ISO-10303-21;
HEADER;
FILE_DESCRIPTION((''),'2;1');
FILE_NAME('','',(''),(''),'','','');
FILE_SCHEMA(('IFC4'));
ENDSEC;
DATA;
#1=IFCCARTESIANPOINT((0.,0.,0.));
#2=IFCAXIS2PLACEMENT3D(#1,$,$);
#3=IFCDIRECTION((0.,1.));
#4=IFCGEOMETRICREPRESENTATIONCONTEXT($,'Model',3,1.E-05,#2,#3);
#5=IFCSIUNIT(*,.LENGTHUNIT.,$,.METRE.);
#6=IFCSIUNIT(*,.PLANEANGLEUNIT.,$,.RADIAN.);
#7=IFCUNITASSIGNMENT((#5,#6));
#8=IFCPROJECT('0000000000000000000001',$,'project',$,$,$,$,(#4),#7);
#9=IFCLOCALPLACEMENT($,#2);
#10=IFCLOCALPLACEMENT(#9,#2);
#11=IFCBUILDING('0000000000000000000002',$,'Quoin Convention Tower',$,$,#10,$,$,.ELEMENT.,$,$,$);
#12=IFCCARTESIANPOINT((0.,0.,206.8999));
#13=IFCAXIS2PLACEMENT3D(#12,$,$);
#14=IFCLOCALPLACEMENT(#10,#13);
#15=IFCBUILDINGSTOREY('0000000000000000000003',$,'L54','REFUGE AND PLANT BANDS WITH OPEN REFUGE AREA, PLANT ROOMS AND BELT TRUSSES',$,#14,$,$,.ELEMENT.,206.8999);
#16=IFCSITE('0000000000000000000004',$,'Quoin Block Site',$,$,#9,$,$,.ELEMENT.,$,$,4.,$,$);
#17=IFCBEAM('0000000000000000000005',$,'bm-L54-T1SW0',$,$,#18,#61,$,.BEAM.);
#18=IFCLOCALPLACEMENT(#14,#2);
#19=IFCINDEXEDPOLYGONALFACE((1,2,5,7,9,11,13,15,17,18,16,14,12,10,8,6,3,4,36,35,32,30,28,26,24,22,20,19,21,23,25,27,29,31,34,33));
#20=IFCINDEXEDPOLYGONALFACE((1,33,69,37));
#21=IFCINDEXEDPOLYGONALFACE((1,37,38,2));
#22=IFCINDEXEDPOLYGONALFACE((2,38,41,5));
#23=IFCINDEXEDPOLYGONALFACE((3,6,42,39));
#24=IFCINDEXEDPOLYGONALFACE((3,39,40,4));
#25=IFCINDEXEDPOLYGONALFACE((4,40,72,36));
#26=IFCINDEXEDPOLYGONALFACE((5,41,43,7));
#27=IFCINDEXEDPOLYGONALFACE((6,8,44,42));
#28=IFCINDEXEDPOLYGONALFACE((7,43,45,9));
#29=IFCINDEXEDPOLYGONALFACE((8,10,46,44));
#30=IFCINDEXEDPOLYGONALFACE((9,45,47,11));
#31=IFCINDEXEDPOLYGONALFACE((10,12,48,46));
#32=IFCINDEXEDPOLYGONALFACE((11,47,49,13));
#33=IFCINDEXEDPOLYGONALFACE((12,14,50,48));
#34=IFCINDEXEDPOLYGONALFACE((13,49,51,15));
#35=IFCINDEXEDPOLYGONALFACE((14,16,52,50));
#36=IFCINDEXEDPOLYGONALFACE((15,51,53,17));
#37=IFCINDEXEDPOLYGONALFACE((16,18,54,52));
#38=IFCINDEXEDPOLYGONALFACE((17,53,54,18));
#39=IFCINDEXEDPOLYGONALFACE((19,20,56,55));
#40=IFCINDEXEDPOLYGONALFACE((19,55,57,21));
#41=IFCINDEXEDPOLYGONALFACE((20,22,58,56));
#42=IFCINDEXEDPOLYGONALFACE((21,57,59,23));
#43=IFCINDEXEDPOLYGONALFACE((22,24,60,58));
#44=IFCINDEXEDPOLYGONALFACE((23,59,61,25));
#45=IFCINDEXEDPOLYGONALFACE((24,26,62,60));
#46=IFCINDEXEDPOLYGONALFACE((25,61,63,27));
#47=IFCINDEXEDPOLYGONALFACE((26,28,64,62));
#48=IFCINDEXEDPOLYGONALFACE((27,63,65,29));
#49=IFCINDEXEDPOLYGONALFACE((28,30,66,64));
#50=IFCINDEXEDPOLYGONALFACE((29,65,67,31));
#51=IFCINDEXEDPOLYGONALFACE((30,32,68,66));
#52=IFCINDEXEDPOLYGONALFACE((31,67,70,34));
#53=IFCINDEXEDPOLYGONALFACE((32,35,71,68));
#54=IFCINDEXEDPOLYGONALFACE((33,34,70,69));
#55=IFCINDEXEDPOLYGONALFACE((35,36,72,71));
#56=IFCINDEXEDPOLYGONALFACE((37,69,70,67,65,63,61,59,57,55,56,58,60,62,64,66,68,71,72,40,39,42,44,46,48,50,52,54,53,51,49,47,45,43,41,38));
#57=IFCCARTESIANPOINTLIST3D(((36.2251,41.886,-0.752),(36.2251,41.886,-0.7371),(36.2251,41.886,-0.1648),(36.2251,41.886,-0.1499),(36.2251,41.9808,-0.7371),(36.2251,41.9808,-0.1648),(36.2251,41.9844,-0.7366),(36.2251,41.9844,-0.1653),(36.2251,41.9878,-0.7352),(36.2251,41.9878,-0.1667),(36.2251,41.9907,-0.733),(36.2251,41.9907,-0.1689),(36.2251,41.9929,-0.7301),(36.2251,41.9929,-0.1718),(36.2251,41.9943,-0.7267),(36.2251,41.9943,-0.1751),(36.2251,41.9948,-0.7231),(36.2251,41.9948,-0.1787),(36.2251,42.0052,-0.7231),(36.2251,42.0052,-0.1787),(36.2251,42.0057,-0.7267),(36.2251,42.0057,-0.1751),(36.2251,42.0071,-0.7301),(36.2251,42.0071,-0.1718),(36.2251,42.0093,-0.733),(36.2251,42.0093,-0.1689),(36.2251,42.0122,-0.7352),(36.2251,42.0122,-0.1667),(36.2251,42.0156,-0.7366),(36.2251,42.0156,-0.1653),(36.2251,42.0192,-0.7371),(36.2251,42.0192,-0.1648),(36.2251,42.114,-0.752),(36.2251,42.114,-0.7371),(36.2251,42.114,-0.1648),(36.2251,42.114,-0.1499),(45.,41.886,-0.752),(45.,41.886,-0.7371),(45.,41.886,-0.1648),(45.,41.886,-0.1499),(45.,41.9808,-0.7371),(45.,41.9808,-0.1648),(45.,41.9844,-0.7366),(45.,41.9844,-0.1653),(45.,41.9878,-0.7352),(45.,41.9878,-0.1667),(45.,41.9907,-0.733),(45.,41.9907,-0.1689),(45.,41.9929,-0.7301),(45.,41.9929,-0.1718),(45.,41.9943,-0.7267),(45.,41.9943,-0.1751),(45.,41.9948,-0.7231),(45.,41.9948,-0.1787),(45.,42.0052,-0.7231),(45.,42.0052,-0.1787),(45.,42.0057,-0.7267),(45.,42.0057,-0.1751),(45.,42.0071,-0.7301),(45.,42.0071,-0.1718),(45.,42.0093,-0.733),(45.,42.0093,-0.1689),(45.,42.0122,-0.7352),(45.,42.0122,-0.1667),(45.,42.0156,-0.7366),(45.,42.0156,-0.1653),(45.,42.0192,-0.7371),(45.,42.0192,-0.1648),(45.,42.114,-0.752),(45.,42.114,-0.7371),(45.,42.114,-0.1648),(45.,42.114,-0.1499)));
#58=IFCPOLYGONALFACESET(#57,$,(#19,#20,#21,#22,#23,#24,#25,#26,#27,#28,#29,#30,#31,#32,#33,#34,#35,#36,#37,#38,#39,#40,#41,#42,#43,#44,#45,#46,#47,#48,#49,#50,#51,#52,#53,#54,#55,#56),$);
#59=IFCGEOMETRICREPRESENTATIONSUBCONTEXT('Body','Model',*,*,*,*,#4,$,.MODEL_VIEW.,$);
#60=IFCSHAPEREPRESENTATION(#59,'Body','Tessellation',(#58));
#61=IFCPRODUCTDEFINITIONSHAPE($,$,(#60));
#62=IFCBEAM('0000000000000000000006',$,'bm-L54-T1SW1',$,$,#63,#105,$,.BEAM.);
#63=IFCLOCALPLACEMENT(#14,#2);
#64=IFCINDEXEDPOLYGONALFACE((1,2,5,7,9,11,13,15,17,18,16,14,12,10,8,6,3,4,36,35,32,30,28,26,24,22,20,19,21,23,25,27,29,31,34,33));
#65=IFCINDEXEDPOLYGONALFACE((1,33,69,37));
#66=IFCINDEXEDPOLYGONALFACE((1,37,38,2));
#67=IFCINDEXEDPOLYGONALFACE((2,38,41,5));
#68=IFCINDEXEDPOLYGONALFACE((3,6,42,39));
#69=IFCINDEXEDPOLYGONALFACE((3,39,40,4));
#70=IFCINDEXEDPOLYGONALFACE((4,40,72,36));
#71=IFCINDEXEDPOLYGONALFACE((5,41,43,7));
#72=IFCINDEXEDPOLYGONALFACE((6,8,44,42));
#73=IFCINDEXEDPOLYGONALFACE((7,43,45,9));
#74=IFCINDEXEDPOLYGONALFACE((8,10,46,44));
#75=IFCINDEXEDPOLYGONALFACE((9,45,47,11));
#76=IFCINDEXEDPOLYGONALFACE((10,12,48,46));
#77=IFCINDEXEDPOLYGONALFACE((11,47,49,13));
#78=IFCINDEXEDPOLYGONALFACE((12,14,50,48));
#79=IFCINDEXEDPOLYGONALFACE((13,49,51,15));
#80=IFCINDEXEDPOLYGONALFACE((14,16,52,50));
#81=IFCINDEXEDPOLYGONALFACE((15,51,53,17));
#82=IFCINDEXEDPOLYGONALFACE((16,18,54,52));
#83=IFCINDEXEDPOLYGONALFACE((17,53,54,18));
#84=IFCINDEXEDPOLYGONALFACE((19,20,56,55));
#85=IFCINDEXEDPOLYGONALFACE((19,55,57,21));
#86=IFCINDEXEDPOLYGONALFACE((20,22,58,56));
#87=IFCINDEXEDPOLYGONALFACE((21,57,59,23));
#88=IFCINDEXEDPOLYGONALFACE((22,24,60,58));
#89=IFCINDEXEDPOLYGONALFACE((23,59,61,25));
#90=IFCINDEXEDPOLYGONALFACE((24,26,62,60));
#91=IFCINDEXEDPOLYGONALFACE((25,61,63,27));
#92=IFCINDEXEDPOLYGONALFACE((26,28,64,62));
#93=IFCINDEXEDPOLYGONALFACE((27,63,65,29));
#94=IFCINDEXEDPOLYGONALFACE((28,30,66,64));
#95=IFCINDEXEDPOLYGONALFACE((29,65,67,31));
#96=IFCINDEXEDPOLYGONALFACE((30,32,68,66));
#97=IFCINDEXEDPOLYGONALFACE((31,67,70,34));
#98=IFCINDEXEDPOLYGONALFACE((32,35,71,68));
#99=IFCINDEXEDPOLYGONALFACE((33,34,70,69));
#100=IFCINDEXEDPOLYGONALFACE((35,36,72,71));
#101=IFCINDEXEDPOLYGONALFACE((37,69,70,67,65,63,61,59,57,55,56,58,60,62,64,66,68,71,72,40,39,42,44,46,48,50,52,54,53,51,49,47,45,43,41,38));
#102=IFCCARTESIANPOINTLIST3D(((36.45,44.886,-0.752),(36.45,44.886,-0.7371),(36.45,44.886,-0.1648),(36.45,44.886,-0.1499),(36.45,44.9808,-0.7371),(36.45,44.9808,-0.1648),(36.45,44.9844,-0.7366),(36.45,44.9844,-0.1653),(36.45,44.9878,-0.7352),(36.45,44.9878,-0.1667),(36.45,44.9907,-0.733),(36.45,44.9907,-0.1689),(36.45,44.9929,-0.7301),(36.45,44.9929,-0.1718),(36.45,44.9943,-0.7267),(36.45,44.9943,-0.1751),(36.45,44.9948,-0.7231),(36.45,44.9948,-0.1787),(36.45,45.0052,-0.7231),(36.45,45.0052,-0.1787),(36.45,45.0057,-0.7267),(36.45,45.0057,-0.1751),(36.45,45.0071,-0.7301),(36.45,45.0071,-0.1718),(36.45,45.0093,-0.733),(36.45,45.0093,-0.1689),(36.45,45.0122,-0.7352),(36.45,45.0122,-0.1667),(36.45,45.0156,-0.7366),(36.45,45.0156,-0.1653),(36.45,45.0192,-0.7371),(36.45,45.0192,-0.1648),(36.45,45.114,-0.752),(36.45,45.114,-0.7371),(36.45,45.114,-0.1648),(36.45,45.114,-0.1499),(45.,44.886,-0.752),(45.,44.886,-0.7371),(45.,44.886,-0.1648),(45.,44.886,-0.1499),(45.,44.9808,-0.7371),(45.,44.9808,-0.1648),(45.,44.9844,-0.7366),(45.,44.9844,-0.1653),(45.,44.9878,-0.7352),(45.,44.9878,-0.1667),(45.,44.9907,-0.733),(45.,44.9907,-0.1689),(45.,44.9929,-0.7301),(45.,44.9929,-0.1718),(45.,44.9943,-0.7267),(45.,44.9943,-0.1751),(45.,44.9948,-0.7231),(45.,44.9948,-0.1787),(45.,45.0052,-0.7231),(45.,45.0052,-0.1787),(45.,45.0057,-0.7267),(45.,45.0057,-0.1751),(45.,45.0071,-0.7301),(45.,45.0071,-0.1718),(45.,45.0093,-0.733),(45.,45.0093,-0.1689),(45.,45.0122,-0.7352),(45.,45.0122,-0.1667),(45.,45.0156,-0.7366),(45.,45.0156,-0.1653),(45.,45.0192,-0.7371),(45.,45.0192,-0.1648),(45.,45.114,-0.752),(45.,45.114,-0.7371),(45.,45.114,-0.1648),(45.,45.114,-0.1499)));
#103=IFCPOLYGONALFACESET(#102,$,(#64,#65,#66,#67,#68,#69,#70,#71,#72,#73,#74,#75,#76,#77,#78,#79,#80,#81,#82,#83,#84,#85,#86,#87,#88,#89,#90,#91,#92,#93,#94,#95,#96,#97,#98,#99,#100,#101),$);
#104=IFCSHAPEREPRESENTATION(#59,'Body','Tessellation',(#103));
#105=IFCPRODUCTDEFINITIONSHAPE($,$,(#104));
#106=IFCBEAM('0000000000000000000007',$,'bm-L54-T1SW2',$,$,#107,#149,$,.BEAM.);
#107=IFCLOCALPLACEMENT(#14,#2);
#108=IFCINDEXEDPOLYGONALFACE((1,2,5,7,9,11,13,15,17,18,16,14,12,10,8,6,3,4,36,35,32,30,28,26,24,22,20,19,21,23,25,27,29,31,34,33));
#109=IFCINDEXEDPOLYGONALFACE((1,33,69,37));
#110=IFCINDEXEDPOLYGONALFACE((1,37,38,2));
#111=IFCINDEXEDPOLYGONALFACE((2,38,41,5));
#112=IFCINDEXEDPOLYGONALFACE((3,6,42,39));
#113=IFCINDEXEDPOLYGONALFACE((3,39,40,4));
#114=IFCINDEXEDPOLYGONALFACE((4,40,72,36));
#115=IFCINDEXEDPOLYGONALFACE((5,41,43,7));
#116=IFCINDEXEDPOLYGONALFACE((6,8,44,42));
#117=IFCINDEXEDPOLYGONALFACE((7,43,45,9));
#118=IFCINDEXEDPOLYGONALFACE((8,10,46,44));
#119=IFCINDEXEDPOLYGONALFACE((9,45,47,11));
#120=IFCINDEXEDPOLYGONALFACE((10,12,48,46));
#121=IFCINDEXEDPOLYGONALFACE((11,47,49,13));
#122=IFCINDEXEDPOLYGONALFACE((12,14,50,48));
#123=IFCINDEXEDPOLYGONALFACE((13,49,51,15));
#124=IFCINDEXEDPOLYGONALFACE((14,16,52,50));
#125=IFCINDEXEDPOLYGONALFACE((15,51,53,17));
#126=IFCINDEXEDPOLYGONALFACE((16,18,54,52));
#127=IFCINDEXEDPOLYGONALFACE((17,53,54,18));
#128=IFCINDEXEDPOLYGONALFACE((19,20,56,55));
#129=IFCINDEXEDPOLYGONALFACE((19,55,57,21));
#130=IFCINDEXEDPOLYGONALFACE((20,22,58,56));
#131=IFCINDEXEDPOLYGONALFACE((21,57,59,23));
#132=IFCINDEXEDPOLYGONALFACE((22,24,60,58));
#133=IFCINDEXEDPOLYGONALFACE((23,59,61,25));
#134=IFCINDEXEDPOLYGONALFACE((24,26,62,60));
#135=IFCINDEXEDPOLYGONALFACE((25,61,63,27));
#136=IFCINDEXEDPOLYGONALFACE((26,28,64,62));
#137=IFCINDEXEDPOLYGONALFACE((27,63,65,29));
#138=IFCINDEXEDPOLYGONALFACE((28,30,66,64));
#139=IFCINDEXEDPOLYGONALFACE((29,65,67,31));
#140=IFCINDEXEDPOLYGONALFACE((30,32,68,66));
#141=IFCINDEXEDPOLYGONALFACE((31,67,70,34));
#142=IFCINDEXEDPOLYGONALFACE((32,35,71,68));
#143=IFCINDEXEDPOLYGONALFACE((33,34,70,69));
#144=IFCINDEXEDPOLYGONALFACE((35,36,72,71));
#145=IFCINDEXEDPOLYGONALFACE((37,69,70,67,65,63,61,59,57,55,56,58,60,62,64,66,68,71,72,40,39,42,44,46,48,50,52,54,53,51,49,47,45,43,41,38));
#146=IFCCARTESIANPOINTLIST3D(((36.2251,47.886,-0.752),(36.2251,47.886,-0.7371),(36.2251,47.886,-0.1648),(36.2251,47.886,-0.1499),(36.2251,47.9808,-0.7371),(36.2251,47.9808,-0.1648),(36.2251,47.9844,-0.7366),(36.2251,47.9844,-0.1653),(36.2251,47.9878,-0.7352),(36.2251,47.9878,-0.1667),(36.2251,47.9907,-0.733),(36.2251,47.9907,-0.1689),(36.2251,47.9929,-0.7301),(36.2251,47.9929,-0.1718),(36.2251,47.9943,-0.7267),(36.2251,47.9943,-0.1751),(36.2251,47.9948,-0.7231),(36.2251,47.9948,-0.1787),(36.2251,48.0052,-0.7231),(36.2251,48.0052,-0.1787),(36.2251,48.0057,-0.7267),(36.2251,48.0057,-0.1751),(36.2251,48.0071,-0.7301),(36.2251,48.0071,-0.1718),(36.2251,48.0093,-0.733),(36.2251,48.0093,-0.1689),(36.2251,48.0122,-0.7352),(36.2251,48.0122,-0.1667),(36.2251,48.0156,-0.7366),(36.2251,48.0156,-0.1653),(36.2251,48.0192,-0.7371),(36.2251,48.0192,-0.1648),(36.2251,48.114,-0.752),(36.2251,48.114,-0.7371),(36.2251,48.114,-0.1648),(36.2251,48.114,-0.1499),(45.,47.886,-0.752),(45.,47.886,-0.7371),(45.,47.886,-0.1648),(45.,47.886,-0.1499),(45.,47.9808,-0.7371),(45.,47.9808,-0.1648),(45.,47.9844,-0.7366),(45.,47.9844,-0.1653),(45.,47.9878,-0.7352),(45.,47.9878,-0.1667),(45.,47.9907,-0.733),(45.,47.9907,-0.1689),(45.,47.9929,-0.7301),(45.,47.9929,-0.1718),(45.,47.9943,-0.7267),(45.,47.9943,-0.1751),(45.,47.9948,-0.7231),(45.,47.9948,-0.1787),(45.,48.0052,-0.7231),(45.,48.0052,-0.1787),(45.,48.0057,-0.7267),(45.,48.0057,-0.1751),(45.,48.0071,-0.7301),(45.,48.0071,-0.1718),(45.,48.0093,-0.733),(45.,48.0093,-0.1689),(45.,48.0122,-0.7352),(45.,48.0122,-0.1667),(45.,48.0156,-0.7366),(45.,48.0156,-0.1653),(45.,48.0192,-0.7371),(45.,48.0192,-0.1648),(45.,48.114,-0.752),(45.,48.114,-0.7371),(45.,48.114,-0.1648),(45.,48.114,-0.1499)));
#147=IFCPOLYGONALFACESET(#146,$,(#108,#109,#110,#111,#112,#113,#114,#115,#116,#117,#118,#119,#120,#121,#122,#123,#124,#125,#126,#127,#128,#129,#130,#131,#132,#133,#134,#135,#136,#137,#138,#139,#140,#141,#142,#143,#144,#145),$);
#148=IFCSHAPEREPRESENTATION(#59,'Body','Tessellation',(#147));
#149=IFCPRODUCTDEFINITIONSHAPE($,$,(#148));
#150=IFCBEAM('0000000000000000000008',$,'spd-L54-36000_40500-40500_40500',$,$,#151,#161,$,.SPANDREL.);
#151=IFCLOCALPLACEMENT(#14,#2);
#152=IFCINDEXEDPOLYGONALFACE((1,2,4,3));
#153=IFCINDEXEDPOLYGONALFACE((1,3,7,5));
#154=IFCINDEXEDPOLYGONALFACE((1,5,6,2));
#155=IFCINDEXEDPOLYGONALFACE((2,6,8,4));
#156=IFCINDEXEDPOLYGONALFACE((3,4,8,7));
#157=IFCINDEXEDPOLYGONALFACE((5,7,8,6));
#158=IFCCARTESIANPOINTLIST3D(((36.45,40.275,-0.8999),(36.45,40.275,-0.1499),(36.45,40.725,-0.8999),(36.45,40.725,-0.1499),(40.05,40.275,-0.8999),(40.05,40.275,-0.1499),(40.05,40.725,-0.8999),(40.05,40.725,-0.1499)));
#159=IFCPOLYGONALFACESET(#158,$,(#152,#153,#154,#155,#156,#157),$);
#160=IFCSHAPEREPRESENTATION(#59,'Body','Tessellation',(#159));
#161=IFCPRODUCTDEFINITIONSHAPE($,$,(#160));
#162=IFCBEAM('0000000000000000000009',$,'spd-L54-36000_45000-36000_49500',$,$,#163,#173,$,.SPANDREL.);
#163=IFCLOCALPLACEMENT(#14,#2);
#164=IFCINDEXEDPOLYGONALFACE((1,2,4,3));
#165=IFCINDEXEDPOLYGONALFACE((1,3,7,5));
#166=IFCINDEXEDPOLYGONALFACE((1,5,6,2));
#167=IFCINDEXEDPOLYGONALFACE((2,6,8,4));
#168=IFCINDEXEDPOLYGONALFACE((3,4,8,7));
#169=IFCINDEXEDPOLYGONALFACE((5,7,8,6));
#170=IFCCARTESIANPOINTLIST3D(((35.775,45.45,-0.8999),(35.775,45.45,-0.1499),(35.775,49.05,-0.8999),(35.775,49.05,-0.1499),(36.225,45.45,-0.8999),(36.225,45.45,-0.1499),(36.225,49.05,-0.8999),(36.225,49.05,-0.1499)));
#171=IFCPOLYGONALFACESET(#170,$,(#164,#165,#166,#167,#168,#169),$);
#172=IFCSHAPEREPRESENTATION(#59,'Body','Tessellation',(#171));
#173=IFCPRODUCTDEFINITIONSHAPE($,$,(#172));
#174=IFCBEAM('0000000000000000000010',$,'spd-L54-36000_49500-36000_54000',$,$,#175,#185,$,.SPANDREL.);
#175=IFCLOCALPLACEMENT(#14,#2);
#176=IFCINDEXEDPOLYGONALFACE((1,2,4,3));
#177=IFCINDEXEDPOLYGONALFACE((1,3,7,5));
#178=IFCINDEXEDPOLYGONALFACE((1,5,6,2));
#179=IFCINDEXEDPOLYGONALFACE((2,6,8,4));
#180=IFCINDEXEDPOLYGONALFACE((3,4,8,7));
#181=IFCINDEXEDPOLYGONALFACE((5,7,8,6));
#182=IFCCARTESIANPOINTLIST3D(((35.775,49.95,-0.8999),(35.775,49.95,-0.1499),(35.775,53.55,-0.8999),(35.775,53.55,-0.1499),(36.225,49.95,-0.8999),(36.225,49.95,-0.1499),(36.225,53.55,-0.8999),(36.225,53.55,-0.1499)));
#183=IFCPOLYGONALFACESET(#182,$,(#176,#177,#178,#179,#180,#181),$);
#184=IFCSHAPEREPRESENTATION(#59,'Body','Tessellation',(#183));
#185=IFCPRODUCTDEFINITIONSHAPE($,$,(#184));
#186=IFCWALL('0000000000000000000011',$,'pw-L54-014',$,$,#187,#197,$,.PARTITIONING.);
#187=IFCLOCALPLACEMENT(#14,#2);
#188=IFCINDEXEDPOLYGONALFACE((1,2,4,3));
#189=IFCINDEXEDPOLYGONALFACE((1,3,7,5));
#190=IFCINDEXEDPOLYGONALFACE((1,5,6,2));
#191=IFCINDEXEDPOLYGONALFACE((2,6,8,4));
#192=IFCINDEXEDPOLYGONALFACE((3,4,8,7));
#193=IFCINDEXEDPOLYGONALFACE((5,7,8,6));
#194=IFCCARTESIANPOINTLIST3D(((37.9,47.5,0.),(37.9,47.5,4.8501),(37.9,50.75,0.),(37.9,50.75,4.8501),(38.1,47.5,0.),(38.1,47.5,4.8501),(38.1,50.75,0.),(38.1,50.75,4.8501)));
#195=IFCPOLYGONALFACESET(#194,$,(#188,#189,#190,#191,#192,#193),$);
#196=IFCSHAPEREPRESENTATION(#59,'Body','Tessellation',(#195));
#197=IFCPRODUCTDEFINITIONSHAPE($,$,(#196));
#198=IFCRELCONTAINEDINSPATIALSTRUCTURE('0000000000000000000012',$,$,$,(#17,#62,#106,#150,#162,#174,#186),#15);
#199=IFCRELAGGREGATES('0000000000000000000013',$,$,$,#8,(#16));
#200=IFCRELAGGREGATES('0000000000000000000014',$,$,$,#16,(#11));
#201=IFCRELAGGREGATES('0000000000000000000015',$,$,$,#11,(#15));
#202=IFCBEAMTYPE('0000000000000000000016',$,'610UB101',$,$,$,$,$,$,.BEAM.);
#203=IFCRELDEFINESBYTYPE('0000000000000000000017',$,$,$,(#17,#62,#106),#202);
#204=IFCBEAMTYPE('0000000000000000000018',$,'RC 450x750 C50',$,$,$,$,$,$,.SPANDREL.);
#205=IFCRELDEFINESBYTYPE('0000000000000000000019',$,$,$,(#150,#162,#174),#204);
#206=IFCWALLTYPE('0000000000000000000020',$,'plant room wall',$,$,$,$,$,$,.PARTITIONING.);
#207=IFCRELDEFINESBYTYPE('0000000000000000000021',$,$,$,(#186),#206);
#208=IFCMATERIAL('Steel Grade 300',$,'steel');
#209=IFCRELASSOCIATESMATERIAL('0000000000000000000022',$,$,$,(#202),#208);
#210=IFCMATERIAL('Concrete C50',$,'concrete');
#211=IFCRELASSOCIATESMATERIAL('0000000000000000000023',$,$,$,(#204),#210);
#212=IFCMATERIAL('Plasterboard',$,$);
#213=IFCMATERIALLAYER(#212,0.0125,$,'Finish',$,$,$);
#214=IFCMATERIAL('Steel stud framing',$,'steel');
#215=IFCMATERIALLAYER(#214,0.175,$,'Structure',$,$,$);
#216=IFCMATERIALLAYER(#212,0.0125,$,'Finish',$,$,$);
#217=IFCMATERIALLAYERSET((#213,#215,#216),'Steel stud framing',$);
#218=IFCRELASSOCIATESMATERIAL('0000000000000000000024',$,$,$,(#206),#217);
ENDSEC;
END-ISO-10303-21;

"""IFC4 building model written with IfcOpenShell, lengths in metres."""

from ifc_helpers import new_model, si_unit, direction, frame, frame_2d, origin, origin_2d, place, context, subcontext, project, spatial, rectangle, i_section, extrude, material, layer, layer_set, material_profile, profile_set, type_object, element, save


model = new_model("IFC4")

# Units and contexts
model_context = context("Model", 3, precision=1e-05, world=origin(), true_north=direction((0.0, 1.0)))
body_context = subcontext(model_context, "Body", "Model", "MODEL_VIEW")
ifc_project = project(units=[si_unit("LENGTHUNIT", "METRE"), si_unit("PLANEANGLEUNIT", "RADIAN")], contexts=[model_context])

# Site, building, storey
site_placement = place(None, origin())
site = spatial("IfcSite", under=ifc_project, at=site_placement, Name="Quoin Block Site", CompositionType="ELEMENT", RefElevation=4.0)
building_placement = place(site_placement, origin())
building = spatial("IfcBuilding", under=site, at=building_placement, Name="Quoin Convention Tower", CompositionType="ELEMENT")
storey_placement = place(building_placement, frame((0.0, 0.0, 206.8999)))
storey = spatial("IfcBuildingStorey", under=building, at=storey_placement, Name="L54", Description="REFUGE AND PLANT BANDS WITH OPEN REFUGE AREA, PLANT ROOMS AND BELT TRUSSES", CompositionType="ELEMENT", Elevation=206.8999)

# Shared definitions
ifc_material_1 = material(Name="Concrete C50", Category="concrete")

# Shared definitions
ifc_material_2 = material(Name="Steel Grade 300", Category="steel")

# Beams
ifc_material_profile_1 = material_profile(ifc_material_2, i_section(OverallWidth=0.228, OverallDepth=0.6021, WebThickness=0.0105, FlangeThickness=0.0149, FilletRadius=0.0139, at=origin_2d()), Name="610UB101")
ifc_profile_set_1 = profile_set([ifc_material_profile_1], Name="Steel Grade 300")
beam_type_1 = type_object("IfcBeamType", Name="610UB101", PredefinedType="BEAM", material=ifc_profile_set_1)
beam_1_placement = place(storey_placement, frame((36.2251, 42.0, -0.4509), z_axis=(1.0, 0.0, 0.0), x_axis=(0.0, 1.0, 0.0)))
element("IfcBeam", 1, at=beam_1_placement, inside=storey, type_object=beam_type_1, Name="bm-L54-T1SW0", PredefinedType="BEAM", context=body_context, shape_type="SweptSolid", body=[
    extrude(i_section(OverallWidth=0.228, OverallDepth=0.6021, WebThickness=0.0105, FlangeThickness=0.0149, FilletRadius=0.0139, at=origin_2d()), origin(), (0.0, 0.0, 1.0), 8.7749),
])
beam_2_placement = place(storey_placement, frame((36.45, 45.0, -0.4509), z_axis=(1.0, 0.0, 0.0), x_axis=(0.0, 1.0, 0.0)))
element("IfcBeam", 2, at=beam_2_placement, inside=storey, type_object=beam_type_1, Name="bm-L54-T1SW1", PredefinedType="BEAM", context=body_context, shape_type="SweptSolid", body=[
    extrude(i_section(OverallWidth=0.228, OverallDepth=0.6021, WebThickness=0.0105, FlangeThickness=0.0149, FilletRadius=0.0139, at=origin_2d()), origin(), (0.0, 0.0, 1.0), 8.55),
])
beam_3_placement = place(storey_placement, frame((36.2251, 48.0, -0.4509), z_axis=(1.0, 0.0, 0.0), x_axis=(0.0, 1.0, 0.0)))
element("IfcBeam", 3, at=beam_3_placement, inside=storey, type_object=beam_type_1, Name="bm-L54-T1SW2", PredefinedType="BEAM", context=body_context, shape_type="SweptSolid", body=[
    extrude(i_section(OverallWidth=0.228, OverallDepth=0.6021, WebThickness=0.0105, FlangeThickness=0.0149, FilletRadius=0.0139, at=origin_2d()), origin(), (0.0, 0.0, 1.0), 8.7749),
])
ifc_material_profile_2 = material_profile(ifc_material_1, rectangle(XDim=0.45, YDim=0.75, at=origin_2d()), Name="RC 450x750")
ifc_profile_set_2 = profile_set([ifc_material_profile_2], Name="Concrete C50")
beam_type_2 = type_object("IfcBeamType", Name="RC 450x750 C50", PredefinedType="SPANDREL", material=ifc_profile_set_2)
for number, where, z_axis, x_axis, name in (
    (4, (36.45, 40.5, -0.5249), (1.0, 0.0, 0.0), (0.0, 1.0, 0.0), "spd-L54-36000_40500-40500_40500"),
    (5, (36.0, 45.45, -0.5249), (0.0, 1.0, 0.0), (-1.0, 0.0, 0.0), "spd-L54-36000_45000-36000_49500"),
    (6, (36.0, 49.95, -0.5249), (0.0, 1.0, 0.0), (-1.0, 0.0, 0.0), "spd-L54-36000_49500-36000_54000"),
):
    element("IfcBeam", number, at=place(storey_placement, frame(where, z_axis=z_axis, x_axis=x_axis)), inside=storey, type_object=beam_type_2, Name=name, PredefinedType="SPANDREL", context=body_context, shape_type="SweptSolid", body=[
        extrude(rectangle(XDim=0.45, YDim=0.75, at=origin_2d()), origin(), (0.0, 0.0, 1.0), 3.6001),
    ])

# Wall
ifc_material_3 = material(Name="Plasterboard")
ifc_layer_1 = layer(ifc_material_3, 0.0125, Name="Finish")
ifc_material_4 = material(Name="Steel stud framing", Category="steel")
ifc_layer_2 = layer(ifc_material_4, 0.175, Name="Structure")
ifc_layer_3 = layer(ifc_material_3, 0.0125, Name="Finish")
ifc_layer_set_1 = layer_set([ifc_layer_1, ifc_layer_2, ifc_layer_3], Name="Steel stud framing")
wall_type_1 = type_object("IfcWallType", Name="plant room wall", PredefinedType="PARTITIONING", material=ifc_layer_set_1)
wall_1_placement = place(storey_placement, frame((38.0, 47.5, 0.0), z_axis=(0.0, 0.0, 1.0), x_axis=(0.0, 1.0, 0.0)))
element("IfcWall", 7, at=wall_1_placement, inside=storey, type_object=wall_type_1, Name="pw-L54-014", PredefinedType="PARTITIONING", context=body_context, shape_type="SweptSolid", body=[
    extrude(rectangle(XDim=3.25, YDim=0.2, at=frame_2d((1.625, 0.0))), origin(), (0.0, 0.0, 1.0), 4.8501),
])

save(model, "model.ifc")
